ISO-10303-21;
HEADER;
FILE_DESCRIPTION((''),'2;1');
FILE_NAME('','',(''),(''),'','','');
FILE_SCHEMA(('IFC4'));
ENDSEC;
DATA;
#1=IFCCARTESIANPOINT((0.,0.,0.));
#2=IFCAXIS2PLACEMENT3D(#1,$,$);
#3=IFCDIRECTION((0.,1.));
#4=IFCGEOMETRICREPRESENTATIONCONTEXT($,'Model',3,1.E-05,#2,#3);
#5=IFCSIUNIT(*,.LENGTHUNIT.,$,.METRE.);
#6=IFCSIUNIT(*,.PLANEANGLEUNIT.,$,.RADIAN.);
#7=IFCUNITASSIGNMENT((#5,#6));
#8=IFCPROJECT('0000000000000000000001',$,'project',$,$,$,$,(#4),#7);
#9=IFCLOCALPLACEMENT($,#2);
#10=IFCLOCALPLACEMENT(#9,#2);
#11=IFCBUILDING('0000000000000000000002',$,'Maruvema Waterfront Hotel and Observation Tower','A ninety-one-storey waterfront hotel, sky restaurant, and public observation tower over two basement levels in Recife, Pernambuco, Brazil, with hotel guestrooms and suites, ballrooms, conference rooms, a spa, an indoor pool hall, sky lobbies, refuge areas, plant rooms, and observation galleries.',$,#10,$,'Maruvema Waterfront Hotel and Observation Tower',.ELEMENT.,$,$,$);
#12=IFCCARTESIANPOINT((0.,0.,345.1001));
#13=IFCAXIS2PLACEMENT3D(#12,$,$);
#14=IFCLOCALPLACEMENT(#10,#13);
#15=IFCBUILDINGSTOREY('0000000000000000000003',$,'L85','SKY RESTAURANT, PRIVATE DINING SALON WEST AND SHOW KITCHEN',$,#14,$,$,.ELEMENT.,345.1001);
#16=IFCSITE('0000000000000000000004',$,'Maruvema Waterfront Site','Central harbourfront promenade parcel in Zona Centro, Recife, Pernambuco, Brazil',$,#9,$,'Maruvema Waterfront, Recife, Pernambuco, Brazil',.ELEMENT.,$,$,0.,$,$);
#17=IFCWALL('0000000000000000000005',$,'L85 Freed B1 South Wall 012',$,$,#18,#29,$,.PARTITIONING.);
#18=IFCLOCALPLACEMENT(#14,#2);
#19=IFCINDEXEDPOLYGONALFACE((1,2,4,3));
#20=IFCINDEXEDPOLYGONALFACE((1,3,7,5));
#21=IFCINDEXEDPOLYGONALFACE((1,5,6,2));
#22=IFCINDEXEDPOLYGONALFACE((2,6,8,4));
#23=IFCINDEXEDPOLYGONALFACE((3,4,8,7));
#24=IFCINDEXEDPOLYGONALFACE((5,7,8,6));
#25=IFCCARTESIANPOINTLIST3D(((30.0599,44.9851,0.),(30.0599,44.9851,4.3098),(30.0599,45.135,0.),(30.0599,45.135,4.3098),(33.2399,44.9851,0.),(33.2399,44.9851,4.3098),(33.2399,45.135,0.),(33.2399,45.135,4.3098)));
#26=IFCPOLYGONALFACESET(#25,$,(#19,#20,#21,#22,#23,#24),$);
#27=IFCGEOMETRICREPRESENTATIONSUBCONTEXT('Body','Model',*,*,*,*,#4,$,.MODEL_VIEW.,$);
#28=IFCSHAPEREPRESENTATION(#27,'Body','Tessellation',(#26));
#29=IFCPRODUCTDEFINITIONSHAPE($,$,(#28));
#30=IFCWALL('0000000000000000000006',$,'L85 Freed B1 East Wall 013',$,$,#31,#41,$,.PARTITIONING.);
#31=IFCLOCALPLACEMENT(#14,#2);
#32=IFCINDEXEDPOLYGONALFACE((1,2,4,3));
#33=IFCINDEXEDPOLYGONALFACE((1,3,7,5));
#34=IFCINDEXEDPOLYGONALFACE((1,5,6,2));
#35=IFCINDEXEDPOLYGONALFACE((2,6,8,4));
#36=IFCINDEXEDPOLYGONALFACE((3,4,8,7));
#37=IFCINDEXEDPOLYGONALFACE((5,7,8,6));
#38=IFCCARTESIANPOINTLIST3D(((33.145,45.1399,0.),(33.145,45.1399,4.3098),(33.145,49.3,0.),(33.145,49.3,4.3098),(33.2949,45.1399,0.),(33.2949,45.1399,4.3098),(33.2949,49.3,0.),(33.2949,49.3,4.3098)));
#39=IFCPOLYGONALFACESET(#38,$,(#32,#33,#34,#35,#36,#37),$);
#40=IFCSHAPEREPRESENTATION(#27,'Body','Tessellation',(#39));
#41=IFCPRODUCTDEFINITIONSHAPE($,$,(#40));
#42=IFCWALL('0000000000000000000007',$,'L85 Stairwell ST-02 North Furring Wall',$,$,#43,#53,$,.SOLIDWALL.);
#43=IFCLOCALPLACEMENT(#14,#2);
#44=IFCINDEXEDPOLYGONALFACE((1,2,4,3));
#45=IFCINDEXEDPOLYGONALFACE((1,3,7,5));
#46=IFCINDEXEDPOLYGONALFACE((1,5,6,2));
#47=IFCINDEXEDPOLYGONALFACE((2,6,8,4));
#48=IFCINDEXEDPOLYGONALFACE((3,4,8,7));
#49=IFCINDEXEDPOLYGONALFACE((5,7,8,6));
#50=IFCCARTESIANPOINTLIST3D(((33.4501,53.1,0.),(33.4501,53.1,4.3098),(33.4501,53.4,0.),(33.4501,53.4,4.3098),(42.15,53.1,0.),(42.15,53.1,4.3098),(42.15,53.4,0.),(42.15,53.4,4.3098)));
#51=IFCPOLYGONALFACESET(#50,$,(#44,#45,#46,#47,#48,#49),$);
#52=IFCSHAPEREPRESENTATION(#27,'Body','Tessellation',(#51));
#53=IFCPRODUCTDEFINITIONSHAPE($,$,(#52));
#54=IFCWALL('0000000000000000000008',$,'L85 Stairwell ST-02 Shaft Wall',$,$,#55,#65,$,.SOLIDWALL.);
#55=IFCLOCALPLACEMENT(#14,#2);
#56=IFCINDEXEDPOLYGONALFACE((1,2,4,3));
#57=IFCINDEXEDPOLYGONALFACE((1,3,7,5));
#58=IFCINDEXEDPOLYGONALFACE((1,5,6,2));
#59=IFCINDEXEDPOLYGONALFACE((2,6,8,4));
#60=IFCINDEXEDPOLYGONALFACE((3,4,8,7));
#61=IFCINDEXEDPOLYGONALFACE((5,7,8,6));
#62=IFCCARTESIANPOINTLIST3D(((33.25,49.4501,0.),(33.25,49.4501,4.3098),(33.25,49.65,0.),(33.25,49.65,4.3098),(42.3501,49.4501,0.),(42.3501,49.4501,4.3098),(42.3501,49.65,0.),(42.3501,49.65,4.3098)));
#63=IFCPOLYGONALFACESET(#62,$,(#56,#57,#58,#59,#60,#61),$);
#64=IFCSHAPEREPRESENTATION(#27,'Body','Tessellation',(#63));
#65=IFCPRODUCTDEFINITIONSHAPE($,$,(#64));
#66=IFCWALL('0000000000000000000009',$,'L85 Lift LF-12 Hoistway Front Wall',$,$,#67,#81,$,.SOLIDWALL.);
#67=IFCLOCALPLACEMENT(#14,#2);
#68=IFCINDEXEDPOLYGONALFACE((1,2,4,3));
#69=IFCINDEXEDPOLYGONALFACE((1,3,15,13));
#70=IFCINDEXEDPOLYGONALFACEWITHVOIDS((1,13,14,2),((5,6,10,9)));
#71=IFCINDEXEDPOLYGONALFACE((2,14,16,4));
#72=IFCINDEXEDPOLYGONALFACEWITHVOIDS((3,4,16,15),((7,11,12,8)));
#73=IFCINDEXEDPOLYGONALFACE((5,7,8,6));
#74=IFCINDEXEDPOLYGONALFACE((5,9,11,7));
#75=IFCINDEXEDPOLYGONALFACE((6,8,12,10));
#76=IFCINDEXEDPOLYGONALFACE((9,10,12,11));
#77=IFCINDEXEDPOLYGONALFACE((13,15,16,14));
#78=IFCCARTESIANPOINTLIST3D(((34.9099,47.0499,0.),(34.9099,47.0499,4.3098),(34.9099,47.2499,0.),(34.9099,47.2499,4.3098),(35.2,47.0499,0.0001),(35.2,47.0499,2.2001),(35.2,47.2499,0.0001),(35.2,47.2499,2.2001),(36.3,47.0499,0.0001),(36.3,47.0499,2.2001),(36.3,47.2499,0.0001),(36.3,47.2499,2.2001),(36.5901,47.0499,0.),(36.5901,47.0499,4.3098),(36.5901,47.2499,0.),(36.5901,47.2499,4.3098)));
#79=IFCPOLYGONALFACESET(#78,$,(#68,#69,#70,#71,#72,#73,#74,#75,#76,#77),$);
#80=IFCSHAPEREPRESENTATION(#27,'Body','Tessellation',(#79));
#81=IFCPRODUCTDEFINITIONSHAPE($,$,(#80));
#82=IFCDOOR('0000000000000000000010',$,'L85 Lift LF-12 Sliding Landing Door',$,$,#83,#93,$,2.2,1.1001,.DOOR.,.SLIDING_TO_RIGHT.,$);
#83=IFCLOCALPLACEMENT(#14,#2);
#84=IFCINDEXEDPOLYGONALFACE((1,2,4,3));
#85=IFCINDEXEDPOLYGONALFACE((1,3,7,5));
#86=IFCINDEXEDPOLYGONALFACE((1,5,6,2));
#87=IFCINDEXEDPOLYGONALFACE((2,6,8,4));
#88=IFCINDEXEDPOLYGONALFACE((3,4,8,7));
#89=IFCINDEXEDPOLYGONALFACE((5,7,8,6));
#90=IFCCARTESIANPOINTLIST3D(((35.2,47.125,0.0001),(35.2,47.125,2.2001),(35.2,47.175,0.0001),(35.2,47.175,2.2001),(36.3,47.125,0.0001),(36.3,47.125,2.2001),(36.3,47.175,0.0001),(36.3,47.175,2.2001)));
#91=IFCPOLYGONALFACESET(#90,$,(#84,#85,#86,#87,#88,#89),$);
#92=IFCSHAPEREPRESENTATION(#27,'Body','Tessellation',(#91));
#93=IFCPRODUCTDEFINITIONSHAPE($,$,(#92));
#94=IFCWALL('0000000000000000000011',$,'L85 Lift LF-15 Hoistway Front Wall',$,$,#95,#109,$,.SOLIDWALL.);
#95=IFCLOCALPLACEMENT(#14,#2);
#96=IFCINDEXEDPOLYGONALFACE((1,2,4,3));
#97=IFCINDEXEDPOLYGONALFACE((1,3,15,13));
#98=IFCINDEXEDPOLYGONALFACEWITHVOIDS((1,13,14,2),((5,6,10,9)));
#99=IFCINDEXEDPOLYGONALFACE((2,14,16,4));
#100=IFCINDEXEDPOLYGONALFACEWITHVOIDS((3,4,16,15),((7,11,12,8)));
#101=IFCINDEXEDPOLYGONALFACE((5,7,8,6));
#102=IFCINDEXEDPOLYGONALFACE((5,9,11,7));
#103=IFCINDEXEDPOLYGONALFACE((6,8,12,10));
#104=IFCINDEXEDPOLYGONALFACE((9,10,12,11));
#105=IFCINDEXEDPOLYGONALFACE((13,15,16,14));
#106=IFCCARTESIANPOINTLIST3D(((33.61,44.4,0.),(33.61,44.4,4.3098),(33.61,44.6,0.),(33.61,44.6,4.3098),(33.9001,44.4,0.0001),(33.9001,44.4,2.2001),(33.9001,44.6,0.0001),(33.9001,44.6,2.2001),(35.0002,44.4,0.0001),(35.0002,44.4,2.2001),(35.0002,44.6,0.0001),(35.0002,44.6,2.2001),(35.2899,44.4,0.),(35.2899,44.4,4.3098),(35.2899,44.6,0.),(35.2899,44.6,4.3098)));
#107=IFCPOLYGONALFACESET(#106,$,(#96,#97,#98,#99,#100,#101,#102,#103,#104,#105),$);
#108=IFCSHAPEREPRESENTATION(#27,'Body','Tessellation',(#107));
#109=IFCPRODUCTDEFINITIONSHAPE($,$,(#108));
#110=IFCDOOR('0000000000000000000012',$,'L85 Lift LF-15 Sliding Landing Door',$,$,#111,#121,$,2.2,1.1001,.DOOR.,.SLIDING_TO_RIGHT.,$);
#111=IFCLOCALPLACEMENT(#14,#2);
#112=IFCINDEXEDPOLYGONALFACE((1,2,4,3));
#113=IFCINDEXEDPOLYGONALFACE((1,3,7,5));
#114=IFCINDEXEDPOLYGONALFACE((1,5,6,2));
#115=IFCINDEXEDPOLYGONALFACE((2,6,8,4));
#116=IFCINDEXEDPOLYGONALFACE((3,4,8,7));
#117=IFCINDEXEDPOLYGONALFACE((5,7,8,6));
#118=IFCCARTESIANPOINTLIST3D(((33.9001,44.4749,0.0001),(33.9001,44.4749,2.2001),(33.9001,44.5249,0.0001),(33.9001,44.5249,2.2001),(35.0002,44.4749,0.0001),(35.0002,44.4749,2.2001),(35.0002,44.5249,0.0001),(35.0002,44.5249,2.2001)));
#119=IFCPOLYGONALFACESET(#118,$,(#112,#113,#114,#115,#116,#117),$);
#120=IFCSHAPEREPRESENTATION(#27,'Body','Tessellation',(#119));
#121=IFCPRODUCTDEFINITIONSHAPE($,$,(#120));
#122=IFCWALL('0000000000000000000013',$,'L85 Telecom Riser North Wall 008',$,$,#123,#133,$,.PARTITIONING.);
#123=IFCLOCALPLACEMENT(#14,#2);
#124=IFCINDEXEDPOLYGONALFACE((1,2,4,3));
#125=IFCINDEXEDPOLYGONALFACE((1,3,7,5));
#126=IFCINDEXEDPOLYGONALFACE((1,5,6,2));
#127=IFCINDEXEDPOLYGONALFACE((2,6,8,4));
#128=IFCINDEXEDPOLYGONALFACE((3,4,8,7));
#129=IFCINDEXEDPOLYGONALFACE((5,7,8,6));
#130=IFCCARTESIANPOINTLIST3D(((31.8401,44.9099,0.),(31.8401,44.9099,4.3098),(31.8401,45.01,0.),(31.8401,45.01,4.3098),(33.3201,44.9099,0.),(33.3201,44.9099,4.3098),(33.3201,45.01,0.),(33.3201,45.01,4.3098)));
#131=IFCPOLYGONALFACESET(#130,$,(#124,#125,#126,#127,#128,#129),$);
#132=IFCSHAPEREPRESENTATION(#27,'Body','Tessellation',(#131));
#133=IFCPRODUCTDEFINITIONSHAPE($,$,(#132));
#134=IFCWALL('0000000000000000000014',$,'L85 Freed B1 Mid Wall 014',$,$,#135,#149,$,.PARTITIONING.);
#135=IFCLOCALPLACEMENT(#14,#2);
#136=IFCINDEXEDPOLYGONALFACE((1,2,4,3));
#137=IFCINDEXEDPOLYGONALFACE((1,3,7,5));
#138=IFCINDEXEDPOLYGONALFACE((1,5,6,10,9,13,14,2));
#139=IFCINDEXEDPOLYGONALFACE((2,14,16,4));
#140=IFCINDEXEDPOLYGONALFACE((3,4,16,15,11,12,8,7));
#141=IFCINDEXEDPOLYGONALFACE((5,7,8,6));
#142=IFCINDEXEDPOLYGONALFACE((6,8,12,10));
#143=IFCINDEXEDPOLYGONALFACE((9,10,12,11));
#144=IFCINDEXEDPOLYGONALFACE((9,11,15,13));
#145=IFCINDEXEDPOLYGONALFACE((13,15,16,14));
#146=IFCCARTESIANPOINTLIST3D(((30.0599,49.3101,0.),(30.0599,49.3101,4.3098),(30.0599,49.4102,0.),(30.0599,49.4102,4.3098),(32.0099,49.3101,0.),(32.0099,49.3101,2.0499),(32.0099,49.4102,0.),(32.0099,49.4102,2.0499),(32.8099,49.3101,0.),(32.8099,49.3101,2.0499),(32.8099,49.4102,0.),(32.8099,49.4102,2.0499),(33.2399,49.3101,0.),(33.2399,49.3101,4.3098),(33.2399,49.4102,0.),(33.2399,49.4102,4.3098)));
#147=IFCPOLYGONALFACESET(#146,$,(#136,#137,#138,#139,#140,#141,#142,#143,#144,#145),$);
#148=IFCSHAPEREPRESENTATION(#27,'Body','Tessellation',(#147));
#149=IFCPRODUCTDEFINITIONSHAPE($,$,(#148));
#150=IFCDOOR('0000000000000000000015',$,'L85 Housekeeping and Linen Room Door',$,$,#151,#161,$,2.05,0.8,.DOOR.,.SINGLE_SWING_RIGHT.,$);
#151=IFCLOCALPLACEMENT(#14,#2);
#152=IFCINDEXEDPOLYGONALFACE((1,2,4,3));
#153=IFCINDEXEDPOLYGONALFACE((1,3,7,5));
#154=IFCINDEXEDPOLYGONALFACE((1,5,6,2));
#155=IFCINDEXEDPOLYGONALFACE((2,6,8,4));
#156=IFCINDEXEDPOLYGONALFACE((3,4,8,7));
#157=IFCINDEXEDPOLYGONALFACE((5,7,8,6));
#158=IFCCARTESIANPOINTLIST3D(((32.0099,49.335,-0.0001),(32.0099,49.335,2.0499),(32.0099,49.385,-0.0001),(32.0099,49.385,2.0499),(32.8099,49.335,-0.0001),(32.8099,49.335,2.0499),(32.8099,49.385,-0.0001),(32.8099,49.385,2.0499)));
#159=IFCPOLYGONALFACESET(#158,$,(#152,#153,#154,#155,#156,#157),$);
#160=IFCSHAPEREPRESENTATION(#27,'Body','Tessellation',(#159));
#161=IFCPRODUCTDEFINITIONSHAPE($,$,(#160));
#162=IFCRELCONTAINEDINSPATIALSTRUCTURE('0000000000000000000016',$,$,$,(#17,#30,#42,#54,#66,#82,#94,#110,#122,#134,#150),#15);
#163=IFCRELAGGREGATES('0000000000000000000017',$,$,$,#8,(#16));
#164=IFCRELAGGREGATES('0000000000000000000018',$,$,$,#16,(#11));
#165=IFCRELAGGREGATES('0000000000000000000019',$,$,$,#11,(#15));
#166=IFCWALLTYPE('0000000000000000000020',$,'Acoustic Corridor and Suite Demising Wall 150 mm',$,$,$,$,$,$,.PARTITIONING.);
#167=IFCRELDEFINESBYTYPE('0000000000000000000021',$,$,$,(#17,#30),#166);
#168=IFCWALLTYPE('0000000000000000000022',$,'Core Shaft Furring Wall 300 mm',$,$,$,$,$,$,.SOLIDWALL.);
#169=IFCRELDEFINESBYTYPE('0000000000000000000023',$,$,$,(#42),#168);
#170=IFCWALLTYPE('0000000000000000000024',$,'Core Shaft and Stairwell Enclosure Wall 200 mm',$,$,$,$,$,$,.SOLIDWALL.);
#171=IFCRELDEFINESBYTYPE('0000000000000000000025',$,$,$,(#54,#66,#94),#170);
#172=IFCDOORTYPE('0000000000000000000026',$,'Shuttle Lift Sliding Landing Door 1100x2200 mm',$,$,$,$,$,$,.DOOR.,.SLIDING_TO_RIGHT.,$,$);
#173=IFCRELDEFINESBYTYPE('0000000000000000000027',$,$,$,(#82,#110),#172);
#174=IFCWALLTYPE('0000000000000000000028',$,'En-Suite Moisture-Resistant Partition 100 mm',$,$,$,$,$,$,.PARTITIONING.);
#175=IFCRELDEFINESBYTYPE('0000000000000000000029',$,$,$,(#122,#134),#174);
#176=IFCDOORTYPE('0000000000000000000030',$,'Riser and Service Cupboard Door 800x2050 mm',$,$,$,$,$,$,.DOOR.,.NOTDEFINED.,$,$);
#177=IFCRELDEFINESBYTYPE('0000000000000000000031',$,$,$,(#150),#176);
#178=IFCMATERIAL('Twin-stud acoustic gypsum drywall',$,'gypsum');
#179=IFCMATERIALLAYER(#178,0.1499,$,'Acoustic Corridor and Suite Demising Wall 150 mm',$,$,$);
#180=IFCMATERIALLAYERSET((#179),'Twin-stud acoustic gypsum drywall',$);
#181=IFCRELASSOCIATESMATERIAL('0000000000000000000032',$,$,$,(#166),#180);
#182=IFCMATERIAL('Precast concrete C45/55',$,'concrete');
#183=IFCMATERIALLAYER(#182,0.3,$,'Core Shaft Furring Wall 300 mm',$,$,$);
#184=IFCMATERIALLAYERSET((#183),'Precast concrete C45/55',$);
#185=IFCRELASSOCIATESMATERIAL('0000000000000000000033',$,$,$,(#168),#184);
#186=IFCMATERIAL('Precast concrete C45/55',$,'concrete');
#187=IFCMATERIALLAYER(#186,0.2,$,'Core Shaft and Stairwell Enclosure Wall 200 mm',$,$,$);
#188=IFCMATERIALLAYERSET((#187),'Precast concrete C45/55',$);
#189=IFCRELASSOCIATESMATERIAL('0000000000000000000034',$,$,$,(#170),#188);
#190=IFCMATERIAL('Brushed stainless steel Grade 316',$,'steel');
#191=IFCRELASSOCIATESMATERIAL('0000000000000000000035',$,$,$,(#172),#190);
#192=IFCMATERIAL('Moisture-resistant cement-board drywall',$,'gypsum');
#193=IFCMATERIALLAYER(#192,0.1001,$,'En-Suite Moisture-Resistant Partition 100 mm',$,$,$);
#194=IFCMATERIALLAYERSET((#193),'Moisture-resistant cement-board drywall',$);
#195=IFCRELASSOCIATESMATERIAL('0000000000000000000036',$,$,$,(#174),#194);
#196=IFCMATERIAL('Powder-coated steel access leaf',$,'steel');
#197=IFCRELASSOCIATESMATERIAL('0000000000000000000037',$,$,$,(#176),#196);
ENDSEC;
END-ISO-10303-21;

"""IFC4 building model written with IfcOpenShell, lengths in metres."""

from ifc_helpers import new_model, si_unit, direction, frame, frame_2d, origin, place, context, subcontext, project, spatial, rectangle, extrude, material, layer, layer_set, type_object, element, fill, save


model = new_model("IFC4")

# Units and contexts
model_context = context("Model", 3, precision=1e-05, world=origin(), true_north=direction((0.0, 1.0)))
body_context = subcontext(model_context, "Body", "Model", "MODEL_VIEW")
ifc_project = project(units=[si_unit("LENGTHUNIT", "METRE"), si_unit("PLANEANGLEUNIT", "RADIAN")], contexts=[model_context])

# Site, building, storey
site_placement = place(None, origin())
site = spatial("IfcSite", under=ifc_project, at=site_placement, Name="Maruvema Waterfront Site", Description="Central harbourfront promenade parcel in Zona Centro, Recife, Pernambuco, Brazil", LongName="Maruvema Waterfront, Recife, Pernambuco, Brazil", CompositionType="ELEMENT", RefElevation=0.0)
building_placement = place(site_placement, origin())
building = spatial("IfcBuilding", under=site, at=building_placement, Name="Maruvema Waterfront Hotel and Observation Tower", Description="A ninety-one-storey waterfront hotel, sky restaurant, and public observation tower over two basement levels in Recife, Pernambuco, Brazil, with hotel guestrooms and suites, ballrooms, conference rooms, a spa, an indoor pool hall, sky lobbies, refuge areas, plant rooms, and observation galleries.", LongName="Maruvema Waterfront Hotel and Observation Tower", CompositionType="ELEMENT")
storey_placement = place(building_placement, frame((0.0, 0.0, 345.1001)))
storey = spatial("IfcBuildingStorey", under=building, at=storey_placement, Name="L85", Description="SKY RESTAURANT, PRIVATE DINING SALON WEST AND SHOW KITCHEN", CompositionType="ELEMENT", Elevation=345.1001)

# Walls
ifc_material_1 = material(Name="Twin-stud acoustic gypsum drywall", Category="gypsum")
ifc_layer_1 = layer(ifc_material_1, 0.1499, Name="Acoustic Corridor and Suite Demising Wall 150 mm")
ifc_layer_set_1 = layer_set([ifc_layer_1], Name="Twin-stud acoustic gypsum drywall")
wall_type_1 = type_object("IfcWallType", Name="Acoustic Corridor and Suite Demising Wall 150 mm", PredefinedType="PARTITIONING", material=ifc_layer_set_1)
wall_1_placement = place(storey_placement, frame((30.0601, 45.0601, 0.0), z_axis=(0.0, 0.0, 1.0), x_axis=(1.0, 0.0, 0.0)))
element("IfcWall", 1, at=wall_1_placement, inside=storey, type_object=wall_type_1, Name="L85 Freed B1 South Wall 012", PredefinedType="PARTITIONING", context=body_context, shape_type="SweptSolid", body=[
    extrude(rectangle(XDim=3.1799, YDim=0.1499, at=frame_2d((1.5898, 0.0))), origin(), (0.0, 0.0, 1.0), 4.3098),
])
wall_2_placement = place(storey_placement, frame((33.22, 45.1399, 0.0), z_axis=(0.0, 0.0, 1.0), x_axis=(0.0, 1.0, 0.0)))
element("IfcWall", 2, at=wall_2_placement, inside=storey, type_object=wall_type_1, Name="L85 Freed B1 East Wall 013", PredefinedType="PARTITIONING", context=body_context, shape_type="SweptSolid", body=[
    extrude(rectangle(XDim=4.1602, YDim=0.1499, at=frame_2d((2.0801, 0.0))), origin(), (0.0, 0.0, 1.0), 4.3098),
])
ifc_material_2 = material(Name="Precast concrete C45/55", Category="concrete")
ifc_layer_2 = layer(ifc_material_2, 0.3, Name="Core Shaft Furring Wall 300 mm")
ifc_layer_set_2 = layer_set([ifc_layer_2], Name="Precast concrete C45/55")
wall_type_2 = type_object("IfcWallType", Name="Core Shaft Furring Wall 300 mm", PredefinedType="SOLIDWALL", material=ifc_layer_set_2)
wall_3_placement = place(storey_placement, frame((33.45, 53.25, 0.0), z_axis=(0.0, 0.0, 1.0), x_axis=(1.0, 0.0, 0.0)))
element("IfcWall", 3, at=wall_3_placement, inside=storey, type_object=wall_type_2, Name="L85 Stairwell ST-02 North Furring Wall", PredefinedType="SOLIDWALL", context=body_context, shape_type="SweptSolid", body=[
    extrude(rectangle(XDim=8.7, YDim=0.3, at=frame_2d((4.3501, 0.0))), origin(), (0.0, 0.0, 1.0), 4.3098),
])
ifc_material_3 = material(Name="Precast concrete C45/55", Category="concrete")
ifc_layer_3 = layer(ifc_material_3, 0.2, Name="Core Shaft and Stairwell Enclosure Wall 200 mm")
ifc_layer_set_3 = layer_set([ifc_layer_3], Name="Precast concrete C45/55")
wall_type_3 = type_object("IfcWallType", Name="Core Shaft and Stairwell Enclosure Wall 200 mm", PredefinedType="SOLIDWALL", material=ifc_layer_set_3)
wall_4_placement = place(storey_placement, frame((33.25, 49.55, 0.0), z_axis=(0.0, 0.0, 1.0), x_axis=(1.0, 0.0, 0.0)))
element("IfcWall", 4, at=wall_4_placement, inside=storey, type_object=wall_type_3, Name="L85 Stairwell ST-02 Shaft Wall", PredefinedType="SOLIDWALL", context=body_context, shape_type="SweptSolid", body=[
    extrude(rectangle(XDim=9.1001, YDim=0.2, at=frame_2d((4.55, 0.0))), origin(), (0.0, 0.0, 1.0), 4.3098),
])

# Walls, openings, doors
wall_5_placement = place(storey_placement, frame((34.9099, 47.1499, 0.0), z_axis=(0.0, 0.0, 1.0), x_axis=(1.0, 0.0, 0.0)))
wall_5 = element("IfcWall", 5, at=wall_5_placement, inside=storey, type_object=wall_type_3, Name="L85 Lift LF-12 Hoistway Front Wall", PredefinedType="SOLIDWALL", context=body_context, shape_type="SweptSolid", body=[
    extrude(rectangle(XDim=1.6802, YDim=0.2, at=frame_2d((0.8401, 0.0))), origin(), (0.0, 0.0, 1.0), 4.3098),
])
opening_1_placement = place(wall_5_placement, frame((0.29, 0.0, 0.0)))
opening_1 = element("IfcOpeningElement", 6, at=opening_1_placement, cuts=wall_5, PredefinedType="OPENING", context=body_context, shape_type="SweptSolid", body=[
    extrude(rectangle(XDim=1.1001, YDim=2.2, at=frame_2d((0.55, 1.1001))), frame((0.0, 0.1099, 0.0), z_axis=(0.0, -1.0, 0.0), x_axis=(1.0, 0.0, 0.0)), (0.0, 0.0, 1.0), 0.22),
])
ifc_material_4 = material(Name="Brushed stainless steel Grade 316", Category="steel")
door_type_1 = type_object("IfcDoorType", Name="Shuttle Lift Sliding Landing Door 1100x2200 mm", OperationType="SLIDING_TO_RIGHT", PredefinedType="DOOR", material=ifc_material_4)
door_1_placement = place(opening_1_placement, frame((1.1001, 0.0, 0.0), z_axis=(0.0, 0.0, 1.0), x_axis=(-1.0, 0.0, 0.0)))
door_1 = element("IfcDoor", 7, at=door_1_placement, inside=storey, type_object=door_type_1, Name="L85 Lift LF-12 Sliding Landing Door", OperationType="SLIDING_TO_RIGHT", OverallHeight=2.2, OverallWidth=1.1001, PredefinedType="DOOR", context=body_context, shape_type="SweptSolid", body=[
    extrude(rectangle(XDim=1.1001, YDim=2.2, at=frame_2d((0.55, 1.1001))), frame((0.0, 0.0249, 0.0), z_axis=(0.0, -1.0, 0.0), x_axis=(1.0, 0.0, 0.0)), (0.0, 0.0, 1.0), 0.05),
])
fill(opening_1, door_1)
wall_6_placement = place(storey_placement, frame((33.6101, 44.5, 0.0), z_axis=(0.0, 0.0, 1.0), x_axis=(1.0, 0.0, 0.0)))
wall_6 = element("IfcWall", 8, at=wall_6_placement, inside=storey, type_object=wall_type_3, Name="L85 Lift LF-15 Hoistway Front Wall", PredefinedType="SOLIDWALL", context=body_context, shape_type="SweptSolid", body=[
    extrude(rectangle(XDim=1.6799, YDim=0.2, at=frame_2d((0.8398, 0.0))), origin(), (0.0, 0.0, 1.0), 4.3098),
])
opening_2_placement = place(wall_6_placement, frame((0.29, 0.0, 0.0)))
opening_2 = element("IfcOpeningElement", 9, at=opening_2_placement, cuts=wall_6, PredefinedType="OPENING", context=body_context, shape_type="SweptSolid", body=[
    extrude(rectangle(XDim=1.1001, YDim=2.2, at=frame_2d((0.55, 1.1001))), frame((0.0, 0.1099, 0.0), z_axis=(0.0, -1.0, 0.0), x_axis=(1.0, 0.0, 0.0)), (0.0, 0.0, 1.0), 0.22),
])
door_2_placement = place(opening_2_placement, origin())
door_2 = element("IfcDoor", 10, at=door_2_placement, inside=storey, type_object=door_type_1, Name="L85 Lift LF-15 Sliding Landing Door", OperationType="SLIDING_TO_RIGHT", OverallHeight=2.2, OverallWidth=1.1001, PredefinedType="DOOR", context=body_context, shape_type="SweptSolid", body=[
    extrude(rectangle(XDim=1.1001, YDim=2.2, at=frame_2d((0.55, 1.1001))), frame((0.0, 0.0249, 0.0), z_axis=(0.0, -1.0, 0.0), x_axis=(1.0, 0.0, 0.0)), (0.0, 0.0, 1.0), 0.05),
])
fill(opening_2, door_2)

# Wall
ifc_material_5 = material(Name="Moisture-resistant cement-board drywall", Category="gypsum")
ifc_layer_4 = layer(ifc_material_5, 0.1001, Name="En-Suite Moisture-Resistant Partition 100 mm")
ifc_layer_set_4 = layer_set([ifc_layer_4], Name="Moisture-resistant cement-board drywall")
wall_type_4 = type_object("IfcWallType", Name="En-Suite Moisture-Resistant Partition 100 mm", PredefinedType="PARTITIONING", material=ifc_layer_set_4)
wall_7_placement = place(storey_placement, frame((31.8401, 44.96, 0.0), z_axis=(0.0, 0.0, 1.0), x_axis=(1.0, 0.0, 0.0)))
element("IfcWall", 11, at=wall_7_placement, inside=storey, type_object=wall_type_4, Name="L85 Telecom Riser North Wall 008", PredefinedType="PARTITIONING", context=body_context, shape_type="SweptSolid", body=[
    extrude(rectangle(XDim=1.48, YDim=0.1001, at=frame_2d((0.74, 0.0))), origin(), (0.0, 0.0, 1.0), 4.3098),
])

# Wall, opening, door
wall_8_placement = place(storey_placement, frame((30.0601, 49.3601, 0.0), z_axis=(0.0, 0.0, 1.0), x_axis=(1.0, 0.0, 0.0)))
wall_8 = element("IfcWall", 12, at=wall_8_placement, inside=storey, type_object=wall_type_4, Name="L85 Freed B1 Mid Wall 014", PredefinedType="PARTITIONING", context=body_context, shape_type="SweptSolid", body=[
    extrude(rectangle(XDim=3.1799, YDim=0.1001, at=frame_2d((1.5898, 0.0))), origin(), (0.0, 0.0, 1.0), 4.3098),
])
opening_3_placement = place(wall_8_placement, frame((1.95, 0.0, 0.0)))
opening_3 = element("IfcOpeningElement", 13, at=opening_3_placement, cuts=wall_8, PredefinedType="OPENING", context=body_context, shape_type="SweptSolid", body=[
    extrude(rectangle(XDim=0.8, YDim=2.05, at=frame_2d((0.3999, 1.0249))), frame((0.0, 0.0601, 0.0), z_axis=(0.0, -1.0, 0.0), x_axis=(1.0, 0.0, 0.0)), (0.0, 0.0, 1.0), 0.1201),
])
ifc_material_6 = material(Name="Powder-coated steel access leaf", Category="steel")
door_type_2 = type_object("IfcDoorType", Name="Riser and Service Cupboard Door 800x2050 mm", OperationType="NOTDEFINED", PredefinedType="DOOR", material=ifc_material_6)
door_3_placement = place(opening_3_placement, origin())
door_3 = element("IfcDoor", 14, at=door_3_placement, inside=storey, type_object=door_type_2, Name="L85 Housekeeping and Linen Room Door", OperationType="SINGLE_SWING_RIGHT", OverallHeight=2.05, OverallWidth=0.8, PredefinedType="DOOR", context=body_context, shape_type="SweptSolid", body=[
    extrude(rectangle(XDim=0.8, YDim=2.05, at=frame_2d((0.3999, 1.0249))), frame((0.0, 0.0249, 0.0), z_axis=(0.0, -1.0, 0.0), x_axis=(1.0, 0.0, 0.0)), (0.0, 0.0, 1.0), 0.05),
])
fill(opening_3, door_3)

save(model, "model.ifc")
